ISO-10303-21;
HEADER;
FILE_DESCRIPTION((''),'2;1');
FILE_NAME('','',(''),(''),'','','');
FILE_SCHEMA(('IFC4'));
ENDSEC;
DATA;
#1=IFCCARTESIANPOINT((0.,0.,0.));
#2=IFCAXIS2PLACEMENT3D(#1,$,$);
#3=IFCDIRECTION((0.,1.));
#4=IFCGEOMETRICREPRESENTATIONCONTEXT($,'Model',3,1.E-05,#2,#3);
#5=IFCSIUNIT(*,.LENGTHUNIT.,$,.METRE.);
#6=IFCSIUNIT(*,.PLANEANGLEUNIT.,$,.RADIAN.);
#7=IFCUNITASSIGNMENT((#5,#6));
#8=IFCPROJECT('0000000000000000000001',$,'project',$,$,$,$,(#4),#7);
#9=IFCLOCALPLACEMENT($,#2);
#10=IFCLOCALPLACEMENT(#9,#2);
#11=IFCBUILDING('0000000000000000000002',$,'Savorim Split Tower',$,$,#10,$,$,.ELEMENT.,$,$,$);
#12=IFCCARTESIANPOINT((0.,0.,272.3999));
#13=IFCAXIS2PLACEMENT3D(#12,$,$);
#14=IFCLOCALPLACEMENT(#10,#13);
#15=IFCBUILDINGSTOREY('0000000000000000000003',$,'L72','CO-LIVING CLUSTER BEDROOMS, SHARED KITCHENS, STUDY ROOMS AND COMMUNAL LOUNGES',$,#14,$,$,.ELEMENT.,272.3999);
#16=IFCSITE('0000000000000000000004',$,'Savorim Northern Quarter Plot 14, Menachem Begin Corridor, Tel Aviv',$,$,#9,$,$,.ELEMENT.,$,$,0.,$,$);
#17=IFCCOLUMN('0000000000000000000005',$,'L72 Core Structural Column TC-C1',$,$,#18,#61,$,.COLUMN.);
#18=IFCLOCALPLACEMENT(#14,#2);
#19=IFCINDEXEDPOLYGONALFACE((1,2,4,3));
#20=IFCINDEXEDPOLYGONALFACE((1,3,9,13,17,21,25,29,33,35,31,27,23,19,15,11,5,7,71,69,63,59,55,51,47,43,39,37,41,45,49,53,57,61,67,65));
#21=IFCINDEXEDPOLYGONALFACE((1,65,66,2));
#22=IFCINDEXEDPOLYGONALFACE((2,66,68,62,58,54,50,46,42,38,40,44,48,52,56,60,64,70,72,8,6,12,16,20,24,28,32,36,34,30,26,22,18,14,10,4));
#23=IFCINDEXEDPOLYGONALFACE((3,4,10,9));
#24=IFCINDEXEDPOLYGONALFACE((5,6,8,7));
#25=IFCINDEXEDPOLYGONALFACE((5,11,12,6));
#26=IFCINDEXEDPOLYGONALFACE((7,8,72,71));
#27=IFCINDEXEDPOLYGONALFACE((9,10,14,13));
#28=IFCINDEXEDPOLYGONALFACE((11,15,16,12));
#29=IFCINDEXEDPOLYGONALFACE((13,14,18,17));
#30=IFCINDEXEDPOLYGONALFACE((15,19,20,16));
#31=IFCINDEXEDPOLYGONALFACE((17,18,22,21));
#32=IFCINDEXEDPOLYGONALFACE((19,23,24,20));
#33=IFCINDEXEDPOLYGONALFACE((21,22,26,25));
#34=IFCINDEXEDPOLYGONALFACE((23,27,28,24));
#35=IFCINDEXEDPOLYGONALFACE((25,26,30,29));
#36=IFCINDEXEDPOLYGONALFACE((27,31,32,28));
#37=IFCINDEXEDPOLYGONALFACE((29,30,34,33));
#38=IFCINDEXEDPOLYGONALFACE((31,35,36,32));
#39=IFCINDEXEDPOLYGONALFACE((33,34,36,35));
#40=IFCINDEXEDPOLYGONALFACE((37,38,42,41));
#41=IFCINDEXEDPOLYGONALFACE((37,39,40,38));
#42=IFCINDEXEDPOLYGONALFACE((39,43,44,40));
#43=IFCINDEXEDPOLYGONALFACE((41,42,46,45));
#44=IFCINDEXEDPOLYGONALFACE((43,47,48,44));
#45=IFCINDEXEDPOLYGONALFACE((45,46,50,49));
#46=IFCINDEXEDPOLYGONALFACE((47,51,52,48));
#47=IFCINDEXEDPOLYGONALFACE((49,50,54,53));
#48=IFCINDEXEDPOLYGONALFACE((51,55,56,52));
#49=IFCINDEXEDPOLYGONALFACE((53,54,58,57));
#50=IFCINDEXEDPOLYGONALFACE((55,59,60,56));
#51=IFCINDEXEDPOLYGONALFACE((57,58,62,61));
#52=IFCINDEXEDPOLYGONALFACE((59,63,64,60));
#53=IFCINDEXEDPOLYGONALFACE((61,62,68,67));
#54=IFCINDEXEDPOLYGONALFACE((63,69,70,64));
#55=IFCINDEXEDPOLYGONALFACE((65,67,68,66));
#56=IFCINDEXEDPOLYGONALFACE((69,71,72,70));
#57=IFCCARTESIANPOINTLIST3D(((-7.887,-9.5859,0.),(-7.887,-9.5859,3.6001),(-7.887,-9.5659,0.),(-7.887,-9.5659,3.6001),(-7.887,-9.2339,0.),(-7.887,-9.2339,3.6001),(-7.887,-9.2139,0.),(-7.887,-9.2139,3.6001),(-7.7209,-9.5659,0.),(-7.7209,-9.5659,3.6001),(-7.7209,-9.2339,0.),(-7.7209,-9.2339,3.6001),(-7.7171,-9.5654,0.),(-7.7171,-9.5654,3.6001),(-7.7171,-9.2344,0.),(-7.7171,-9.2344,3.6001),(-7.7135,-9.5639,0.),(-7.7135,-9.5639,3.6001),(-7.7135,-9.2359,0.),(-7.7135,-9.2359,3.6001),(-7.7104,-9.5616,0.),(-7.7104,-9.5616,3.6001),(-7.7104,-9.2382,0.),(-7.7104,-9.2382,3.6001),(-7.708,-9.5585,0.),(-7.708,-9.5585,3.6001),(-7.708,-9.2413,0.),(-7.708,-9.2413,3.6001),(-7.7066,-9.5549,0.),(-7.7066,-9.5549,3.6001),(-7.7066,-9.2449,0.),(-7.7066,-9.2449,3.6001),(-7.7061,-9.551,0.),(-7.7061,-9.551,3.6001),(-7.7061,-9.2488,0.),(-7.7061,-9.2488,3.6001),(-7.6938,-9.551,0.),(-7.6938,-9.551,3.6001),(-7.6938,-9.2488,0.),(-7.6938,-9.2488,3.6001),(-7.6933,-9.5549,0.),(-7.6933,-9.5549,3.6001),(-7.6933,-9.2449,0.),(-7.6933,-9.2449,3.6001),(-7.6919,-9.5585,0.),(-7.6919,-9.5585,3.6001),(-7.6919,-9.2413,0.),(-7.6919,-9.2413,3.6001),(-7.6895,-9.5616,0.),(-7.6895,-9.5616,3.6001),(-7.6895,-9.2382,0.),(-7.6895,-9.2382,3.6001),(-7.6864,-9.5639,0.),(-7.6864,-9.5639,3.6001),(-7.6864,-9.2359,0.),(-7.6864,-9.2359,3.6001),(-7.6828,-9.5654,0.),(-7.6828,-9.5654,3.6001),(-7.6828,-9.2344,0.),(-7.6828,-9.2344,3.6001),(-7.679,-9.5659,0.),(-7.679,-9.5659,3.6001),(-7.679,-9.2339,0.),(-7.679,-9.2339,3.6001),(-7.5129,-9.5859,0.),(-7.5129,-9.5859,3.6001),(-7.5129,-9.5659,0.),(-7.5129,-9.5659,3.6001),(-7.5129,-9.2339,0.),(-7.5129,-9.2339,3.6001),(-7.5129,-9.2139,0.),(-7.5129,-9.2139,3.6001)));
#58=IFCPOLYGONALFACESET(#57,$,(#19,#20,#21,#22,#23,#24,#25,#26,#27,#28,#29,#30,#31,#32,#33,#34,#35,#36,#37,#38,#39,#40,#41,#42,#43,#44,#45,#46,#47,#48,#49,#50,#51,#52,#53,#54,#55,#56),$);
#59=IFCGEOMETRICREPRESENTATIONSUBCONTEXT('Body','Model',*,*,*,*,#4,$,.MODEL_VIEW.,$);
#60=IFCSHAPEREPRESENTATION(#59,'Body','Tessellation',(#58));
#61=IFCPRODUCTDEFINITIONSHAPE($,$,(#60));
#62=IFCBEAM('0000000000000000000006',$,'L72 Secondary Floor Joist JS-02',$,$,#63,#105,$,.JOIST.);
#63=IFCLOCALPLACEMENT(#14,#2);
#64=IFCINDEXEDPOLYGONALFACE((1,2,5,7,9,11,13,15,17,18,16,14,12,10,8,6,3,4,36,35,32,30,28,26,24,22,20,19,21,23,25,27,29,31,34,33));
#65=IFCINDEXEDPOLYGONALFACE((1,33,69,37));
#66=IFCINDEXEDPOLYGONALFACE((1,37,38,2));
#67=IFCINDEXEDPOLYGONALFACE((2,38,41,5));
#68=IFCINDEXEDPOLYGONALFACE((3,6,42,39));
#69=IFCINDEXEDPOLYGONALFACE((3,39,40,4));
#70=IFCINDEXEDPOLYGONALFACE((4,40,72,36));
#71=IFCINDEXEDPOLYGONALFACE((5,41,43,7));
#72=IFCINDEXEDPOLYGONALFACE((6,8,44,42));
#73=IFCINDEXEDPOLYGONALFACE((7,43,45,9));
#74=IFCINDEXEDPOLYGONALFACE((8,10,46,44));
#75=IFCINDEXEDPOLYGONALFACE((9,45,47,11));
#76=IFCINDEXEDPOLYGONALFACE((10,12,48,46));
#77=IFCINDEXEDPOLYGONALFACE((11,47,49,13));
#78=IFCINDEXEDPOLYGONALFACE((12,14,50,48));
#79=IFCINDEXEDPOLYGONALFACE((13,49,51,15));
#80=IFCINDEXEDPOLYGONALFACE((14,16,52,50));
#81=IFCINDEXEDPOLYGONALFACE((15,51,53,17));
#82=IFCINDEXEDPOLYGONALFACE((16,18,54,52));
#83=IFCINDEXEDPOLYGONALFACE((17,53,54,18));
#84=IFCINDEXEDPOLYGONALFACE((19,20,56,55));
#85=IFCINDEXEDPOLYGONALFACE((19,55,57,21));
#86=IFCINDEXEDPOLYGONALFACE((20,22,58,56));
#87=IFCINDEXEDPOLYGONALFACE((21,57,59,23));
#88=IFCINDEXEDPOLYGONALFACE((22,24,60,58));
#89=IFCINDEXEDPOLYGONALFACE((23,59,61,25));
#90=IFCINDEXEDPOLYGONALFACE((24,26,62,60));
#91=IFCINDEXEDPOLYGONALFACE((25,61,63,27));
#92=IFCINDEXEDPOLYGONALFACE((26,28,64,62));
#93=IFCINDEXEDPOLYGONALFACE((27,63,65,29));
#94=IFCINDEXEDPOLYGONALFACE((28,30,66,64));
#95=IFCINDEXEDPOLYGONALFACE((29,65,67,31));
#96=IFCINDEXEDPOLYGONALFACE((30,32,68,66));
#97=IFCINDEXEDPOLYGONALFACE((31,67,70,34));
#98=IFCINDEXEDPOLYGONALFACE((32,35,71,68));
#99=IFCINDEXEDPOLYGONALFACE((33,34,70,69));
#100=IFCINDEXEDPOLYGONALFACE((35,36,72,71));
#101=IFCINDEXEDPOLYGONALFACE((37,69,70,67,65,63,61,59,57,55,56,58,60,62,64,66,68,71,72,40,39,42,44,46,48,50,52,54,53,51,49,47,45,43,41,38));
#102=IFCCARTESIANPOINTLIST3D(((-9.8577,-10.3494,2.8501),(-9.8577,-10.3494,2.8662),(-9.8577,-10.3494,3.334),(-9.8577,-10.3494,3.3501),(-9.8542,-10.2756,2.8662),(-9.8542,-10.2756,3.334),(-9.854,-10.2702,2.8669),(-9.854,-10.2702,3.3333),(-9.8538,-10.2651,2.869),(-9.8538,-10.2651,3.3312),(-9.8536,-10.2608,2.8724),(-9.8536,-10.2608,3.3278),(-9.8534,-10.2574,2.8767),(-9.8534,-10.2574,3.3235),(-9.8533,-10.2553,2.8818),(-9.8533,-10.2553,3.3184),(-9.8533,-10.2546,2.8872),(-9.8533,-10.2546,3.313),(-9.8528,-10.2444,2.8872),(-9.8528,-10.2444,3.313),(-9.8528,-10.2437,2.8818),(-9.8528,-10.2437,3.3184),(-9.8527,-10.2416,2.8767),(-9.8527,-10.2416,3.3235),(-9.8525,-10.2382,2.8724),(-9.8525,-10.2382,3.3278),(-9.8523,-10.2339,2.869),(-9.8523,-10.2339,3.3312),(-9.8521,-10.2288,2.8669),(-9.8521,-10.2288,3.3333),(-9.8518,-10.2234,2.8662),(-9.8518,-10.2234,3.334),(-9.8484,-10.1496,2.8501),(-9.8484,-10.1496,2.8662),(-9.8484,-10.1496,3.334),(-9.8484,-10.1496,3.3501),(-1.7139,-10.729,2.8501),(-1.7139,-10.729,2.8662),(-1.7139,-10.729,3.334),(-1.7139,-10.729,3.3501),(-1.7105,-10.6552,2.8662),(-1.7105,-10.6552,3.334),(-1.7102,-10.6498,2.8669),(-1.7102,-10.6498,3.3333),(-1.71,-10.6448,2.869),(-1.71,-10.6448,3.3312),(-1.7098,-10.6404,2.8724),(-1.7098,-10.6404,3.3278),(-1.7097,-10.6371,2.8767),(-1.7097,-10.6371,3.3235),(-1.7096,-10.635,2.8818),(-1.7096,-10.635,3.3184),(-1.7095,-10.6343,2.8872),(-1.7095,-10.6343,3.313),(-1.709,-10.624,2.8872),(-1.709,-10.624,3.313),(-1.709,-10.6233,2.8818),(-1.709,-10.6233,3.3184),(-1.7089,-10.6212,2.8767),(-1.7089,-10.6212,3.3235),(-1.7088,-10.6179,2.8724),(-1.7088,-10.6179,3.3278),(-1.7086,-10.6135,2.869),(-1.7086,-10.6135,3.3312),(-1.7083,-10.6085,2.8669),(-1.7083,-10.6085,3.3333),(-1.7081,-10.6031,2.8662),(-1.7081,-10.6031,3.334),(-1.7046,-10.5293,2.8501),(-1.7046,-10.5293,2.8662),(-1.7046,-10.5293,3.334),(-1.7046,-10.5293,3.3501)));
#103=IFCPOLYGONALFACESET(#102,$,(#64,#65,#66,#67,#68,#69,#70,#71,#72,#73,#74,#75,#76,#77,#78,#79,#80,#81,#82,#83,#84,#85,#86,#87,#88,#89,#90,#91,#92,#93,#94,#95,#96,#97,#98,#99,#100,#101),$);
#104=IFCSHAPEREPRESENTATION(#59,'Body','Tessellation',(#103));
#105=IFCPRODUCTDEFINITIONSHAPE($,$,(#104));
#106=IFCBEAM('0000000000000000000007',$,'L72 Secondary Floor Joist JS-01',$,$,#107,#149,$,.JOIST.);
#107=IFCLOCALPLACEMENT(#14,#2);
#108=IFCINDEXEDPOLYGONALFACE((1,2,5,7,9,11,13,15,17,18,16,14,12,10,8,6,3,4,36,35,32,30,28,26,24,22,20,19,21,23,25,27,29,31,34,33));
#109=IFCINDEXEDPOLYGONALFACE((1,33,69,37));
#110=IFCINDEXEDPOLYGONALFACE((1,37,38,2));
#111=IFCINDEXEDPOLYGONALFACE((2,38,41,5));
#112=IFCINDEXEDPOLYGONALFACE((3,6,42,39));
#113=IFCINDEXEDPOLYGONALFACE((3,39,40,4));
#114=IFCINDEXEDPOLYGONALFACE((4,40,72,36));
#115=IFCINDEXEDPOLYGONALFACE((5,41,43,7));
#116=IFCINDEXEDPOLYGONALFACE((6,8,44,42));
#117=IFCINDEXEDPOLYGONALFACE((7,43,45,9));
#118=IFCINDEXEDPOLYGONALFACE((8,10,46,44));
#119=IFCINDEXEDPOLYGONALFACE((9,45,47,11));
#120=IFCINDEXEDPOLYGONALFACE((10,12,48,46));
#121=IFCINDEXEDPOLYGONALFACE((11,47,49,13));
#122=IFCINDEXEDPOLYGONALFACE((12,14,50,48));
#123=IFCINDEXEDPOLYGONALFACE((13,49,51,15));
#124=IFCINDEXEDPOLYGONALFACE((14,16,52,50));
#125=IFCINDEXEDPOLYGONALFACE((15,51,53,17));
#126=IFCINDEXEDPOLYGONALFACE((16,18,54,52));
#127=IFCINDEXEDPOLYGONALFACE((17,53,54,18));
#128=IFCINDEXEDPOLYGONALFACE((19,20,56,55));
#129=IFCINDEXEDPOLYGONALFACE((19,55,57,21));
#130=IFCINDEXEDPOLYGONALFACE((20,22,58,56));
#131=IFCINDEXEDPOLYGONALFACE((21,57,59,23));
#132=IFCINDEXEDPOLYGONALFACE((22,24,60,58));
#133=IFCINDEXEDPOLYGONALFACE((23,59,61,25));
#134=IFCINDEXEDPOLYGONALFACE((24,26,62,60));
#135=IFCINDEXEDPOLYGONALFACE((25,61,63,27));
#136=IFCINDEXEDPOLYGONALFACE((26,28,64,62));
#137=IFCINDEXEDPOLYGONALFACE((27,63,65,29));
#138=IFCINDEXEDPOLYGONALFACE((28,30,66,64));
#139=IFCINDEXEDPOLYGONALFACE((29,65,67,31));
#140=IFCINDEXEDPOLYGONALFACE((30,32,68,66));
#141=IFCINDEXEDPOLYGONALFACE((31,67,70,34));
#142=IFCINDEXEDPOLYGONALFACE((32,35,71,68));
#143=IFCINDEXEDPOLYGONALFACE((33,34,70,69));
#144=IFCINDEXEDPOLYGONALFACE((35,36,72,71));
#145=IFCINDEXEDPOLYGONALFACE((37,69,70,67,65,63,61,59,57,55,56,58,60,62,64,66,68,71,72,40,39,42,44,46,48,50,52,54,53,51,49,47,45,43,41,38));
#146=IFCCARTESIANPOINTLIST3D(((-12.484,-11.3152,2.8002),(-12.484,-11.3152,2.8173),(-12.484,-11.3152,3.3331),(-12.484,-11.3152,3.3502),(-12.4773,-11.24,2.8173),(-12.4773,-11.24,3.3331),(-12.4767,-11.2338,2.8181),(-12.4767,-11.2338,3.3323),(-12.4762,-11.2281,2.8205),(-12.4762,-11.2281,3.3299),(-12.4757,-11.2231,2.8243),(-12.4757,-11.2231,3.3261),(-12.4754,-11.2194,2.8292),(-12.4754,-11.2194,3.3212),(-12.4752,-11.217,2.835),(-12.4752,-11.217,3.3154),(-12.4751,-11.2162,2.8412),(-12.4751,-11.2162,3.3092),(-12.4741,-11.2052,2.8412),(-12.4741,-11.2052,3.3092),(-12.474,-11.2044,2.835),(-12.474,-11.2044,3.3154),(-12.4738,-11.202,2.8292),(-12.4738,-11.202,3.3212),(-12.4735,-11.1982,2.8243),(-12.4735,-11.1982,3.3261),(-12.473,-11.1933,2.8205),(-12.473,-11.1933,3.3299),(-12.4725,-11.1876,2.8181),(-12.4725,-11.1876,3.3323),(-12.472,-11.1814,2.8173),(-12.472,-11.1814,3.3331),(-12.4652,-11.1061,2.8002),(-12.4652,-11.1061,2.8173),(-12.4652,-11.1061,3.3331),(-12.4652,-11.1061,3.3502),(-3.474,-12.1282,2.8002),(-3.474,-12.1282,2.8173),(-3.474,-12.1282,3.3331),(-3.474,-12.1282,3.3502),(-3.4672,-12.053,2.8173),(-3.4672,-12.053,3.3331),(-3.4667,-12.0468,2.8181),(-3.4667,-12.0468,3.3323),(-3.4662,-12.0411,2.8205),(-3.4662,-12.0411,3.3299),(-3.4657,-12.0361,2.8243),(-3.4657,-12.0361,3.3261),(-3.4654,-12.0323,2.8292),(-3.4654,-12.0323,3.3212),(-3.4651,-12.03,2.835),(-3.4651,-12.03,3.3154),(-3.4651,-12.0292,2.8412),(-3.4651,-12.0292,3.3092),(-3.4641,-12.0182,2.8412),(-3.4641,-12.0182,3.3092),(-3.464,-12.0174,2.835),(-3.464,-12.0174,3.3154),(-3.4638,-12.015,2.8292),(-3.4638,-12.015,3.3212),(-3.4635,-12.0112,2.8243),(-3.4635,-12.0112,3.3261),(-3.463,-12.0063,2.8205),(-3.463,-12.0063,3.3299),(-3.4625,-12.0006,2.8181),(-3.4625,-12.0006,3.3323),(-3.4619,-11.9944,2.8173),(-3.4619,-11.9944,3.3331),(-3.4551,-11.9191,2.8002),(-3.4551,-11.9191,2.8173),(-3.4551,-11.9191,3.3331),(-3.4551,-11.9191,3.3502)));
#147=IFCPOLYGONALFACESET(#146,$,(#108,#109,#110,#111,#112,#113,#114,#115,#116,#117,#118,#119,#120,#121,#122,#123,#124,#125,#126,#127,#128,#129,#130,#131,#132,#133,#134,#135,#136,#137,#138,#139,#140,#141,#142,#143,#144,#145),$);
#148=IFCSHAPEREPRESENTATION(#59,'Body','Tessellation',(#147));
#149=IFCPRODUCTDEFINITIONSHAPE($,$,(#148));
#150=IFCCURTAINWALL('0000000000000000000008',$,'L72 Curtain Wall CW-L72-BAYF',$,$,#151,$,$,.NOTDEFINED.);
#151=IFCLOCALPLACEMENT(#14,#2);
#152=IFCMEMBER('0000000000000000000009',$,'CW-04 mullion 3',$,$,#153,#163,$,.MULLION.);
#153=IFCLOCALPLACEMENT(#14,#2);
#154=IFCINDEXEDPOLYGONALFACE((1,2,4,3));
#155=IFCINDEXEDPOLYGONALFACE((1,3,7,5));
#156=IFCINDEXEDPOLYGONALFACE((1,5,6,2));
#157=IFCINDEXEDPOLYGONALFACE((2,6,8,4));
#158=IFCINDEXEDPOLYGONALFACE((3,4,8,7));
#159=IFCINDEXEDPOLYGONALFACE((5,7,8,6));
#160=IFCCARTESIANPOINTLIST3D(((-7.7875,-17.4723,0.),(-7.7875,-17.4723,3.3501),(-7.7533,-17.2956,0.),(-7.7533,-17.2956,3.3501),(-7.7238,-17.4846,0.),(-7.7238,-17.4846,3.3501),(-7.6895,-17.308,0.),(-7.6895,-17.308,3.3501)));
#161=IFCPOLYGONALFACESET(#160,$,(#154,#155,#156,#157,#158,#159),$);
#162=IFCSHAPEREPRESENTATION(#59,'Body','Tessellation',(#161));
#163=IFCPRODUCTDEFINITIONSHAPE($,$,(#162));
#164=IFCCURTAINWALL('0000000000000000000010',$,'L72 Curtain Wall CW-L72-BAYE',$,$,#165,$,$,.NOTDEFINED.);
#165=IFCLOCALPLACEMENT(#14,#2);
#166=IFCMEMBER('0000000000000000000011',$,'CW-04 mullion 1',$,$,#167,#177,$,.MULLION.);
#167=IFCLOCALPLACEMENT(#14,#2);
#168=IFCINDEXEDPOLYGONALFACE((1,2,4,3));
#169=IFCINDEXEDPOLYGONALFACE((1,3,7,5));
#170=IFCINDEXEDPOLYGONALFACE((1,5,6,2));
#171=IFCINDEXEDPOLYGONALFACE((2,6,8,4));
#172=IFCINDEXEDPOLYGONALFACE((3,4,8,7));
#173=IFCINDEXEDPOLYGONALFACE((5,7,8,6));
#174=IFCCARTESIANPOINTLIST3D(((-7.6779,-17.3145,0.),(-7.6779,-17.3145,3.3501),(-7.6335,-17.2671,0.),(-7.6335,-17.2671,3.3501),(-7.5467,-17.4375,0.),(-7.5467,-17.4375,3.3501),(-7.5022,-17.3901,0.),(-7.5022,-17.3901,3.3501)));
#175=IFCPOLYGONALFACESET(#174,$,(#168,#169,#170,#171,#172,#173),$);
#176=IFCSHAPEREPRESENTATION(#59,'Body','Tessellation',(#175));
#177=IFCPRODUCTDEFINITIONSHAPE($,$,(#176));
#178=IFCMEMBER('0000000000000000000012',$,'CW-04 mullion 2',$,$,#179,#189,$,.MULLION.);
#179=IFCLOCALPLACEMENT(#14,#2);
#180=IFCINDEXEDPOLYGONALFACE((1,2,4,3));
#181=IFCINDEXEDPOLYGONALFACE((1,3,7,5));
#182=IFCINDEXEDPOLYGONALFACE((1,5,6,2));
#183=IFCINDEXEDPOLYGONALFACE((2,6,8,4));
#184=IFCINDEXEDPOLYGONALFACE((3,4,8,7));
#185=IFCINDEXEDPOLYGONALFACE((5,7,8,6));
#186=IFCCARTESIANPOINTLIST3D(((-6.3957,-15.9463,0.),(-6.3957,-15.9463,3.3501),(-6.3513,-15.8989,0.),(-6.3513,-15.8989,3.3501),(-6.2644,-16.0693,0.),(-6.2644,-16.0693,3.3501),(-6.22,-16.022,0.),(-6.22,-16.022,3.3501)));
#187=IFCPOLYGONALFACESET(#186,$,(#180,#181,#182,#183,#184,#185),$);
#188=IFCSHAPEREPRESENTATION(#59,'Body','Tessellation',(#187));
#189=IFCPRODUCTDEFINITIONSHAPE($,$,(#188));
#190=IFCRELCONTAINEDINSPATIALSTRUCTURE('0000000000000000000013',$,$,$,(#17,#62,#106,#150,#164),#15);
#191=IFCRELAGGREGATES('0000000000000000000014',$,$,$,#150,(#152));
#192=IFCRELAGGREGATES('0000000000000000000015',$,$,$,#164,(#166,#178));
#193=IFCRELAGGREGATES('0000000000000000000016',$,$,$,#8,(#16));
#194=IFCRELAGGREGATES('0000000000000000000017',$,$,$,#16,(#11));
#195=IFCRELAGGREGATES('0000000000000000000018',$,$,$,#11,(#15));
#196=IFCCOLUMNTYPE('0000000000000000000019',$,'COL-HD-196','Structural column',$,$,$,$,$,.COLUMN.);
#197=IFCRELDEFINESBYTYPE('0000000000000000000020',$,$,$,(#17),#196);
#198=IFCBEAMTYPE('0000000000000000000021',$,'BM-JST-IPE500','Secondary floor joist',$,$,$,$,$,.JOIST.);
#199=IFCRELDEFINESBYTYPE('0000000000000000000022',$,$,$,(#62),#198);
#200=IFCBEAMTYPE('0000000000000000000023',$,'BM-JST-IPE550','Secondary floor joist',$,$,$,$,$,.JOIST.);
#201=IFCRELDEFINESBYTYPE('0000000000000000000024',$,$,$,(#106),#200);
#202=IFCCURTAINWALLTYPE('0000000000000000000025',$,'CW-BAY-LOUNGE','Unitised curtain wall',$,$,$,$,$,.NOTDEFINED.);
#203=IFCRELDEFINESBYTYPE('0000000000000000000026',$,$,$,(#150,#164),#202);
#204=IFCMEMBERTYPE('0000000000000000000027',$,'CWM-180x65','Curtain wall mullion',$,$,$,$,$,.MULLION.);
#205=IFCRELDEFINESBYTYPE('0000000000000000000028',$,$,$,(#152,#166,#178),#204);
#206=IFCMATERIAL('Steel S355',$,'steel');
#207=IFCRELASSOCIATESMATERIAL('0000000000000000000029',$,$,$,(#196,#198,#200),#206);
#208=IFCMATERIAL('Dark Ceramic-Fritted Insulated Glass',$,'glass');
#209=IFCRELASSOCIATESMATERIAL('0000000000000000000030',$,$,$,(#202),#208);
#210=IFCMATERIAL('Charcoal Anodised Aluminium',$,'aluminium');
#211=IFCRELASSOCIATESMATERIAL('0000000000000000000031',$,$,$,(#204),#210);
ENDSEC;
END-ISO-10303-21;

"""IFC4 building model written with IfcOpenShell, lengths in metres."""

from ifc_helpers import new_model, si_unit, direction, frame, origin, origin_2d, place, context, subcontext, project, spatial, rectangle, i_section, extrude, material, material_profile, profile_set, type_object, element, aggregate, save


model = new_model("IFC4")

# Units and contexts
model_context = context("Model", 3, precision=1e-05, world=origin(), true_north=direction((0.0, 1.0)))
body_context = subcontext(model_context, "Body", "Model", "MODEL_VIEW")
ifc_project = project(units=[si_unit("LENGTHUNIT", "METRE"), si_unit("PLANEANGLEUNIT", "RADIAN")], contexts=[model_context])

# Site, building, storey
site_placement = place(None, origin())
site = spatial("IfcSite", under=ifc_project, at=site_placement, Name="Savorim Northern Quarter Plot 14, Menachem Begin Corridor, Tel Aviv", CompositionType="ELEMENT", RefElevation=0.0)
building_placement = place(site_placement, origin())
building = spatial("IfcBuilding", under=site, at=building_placement, Name="Savorim Split Tower", CompositionType="ELEMENT")
storey_placement = place(building_placement, frame((0.0, 0.0, 272.3999)))
storey = spatial("IfcBuildingStorey", under=building, at=storey_placement, Name="L72", Description="CO-LIVING CLUSTER BEDROOMS, SHARED KITCHENS, STUDY ROOMS AND COMMUNAL LOUNGES", CompositionType="ELEMENT", Elevation=272.3999)

# Column
ifc_material_1 = material(Name="Steel S355", Category="steel")
ifc_material_profile_1 = material_profile(ifc_material_1, i_section(OverallWidth=0.374, OverallDepth=0.3721, WebThickness=0.0122, FlangeThickness=0.02, FilletRadius=0.0149, at=origin_2d()), Name="HD 360x196")
ifc_profile_set_1 = profile_set([ifc_material_profile_1], Name="Steel S355")
column_type = type_object("IfcColumnType", Name="COL-HD-196", Description="Structural column", PredefinedType="COLUMN", material=ifc_profile_set_1)
column_placement = place(storey_placement, frame((-7.7, -9.3999, 0.0), z_axis=(0.0, 0.0, 1.0), x_axis=(1.0, 0.0, 0.0)))
element("IfcColumn", 1, at=column_placement, inside=storey, type_object=column_type, Name="L72 Core Structural Column TC-C1", PredefinedType="COLUMN", context=body_context, shape_type="SweptSolid", body=[
    extrude(i_section(OverallWidth=0.374, OverallDepth=0.3721, WebThickness=0.0122, FlangeThickness=0.02, FilletRadius=0.0149, at=origin_2d()), origin(), (0.0, 0.0, 1.0), 3.6001),
])

# Beams
ifc_material_profile_2 = material_profile(ifc_material_1, i_section(OverallWidth=0.2, OverallDepth=0.5, WebThickness=0.0103, FlangeThickness=0.0161, FilletRadius=0.021, at=origin_2d()), Name="IPE 500")
ifc_profile_set_2 = profile_set([ifc_material_profile_2], Name="Steel S355")
beam_type_1 = type_object("IfcBeamType", Name="BM-JST-IPE500", Description="Secondary floor joist", PredefinedType="JOIST", material=ifc_profile_set_2)
beam_1_placement = place(storey_placement, frame((-9.853, -10.2495, 3.1001), z_axis=(0.998915, -0.046566, 0.0), x_axis=(0.046566, 0.998915, 0.0)))
element("IfcBeam", 2, at=beam_1_placement, inside=storey, type_object=beam_type_1, Name="L72 Secondary Floor Joist JS-02", PredefinedType="JOIST", context=body_context, shape_type="SweptSolid", body=[
    extrude(i_section(OverallWidth=0.2, OverallDepth=0.5, WebThickness=0.0103, FlangeThickness=0.0161, FilletRadius=0.021, at=origin_2d()), origin(), (0.0, 0.0, 1.0), 8.1526),
])
ifc_material_profile_3 = material_profile(ifc_material_1, i_section(OverallWidth=0.21, OverallDepth=0.55, WebThickness=0.011, FlangeThickness=0.0171, FilletRadius=0.0239, at=origin_2d()), Name="IPE 550")
ifc_profile_set_3 = profile_set([ifc_material_profile_3], Name="Steel S355")
beam_type_2 = type_object("IfcBeamType", Name="BM-JST-IPE550", Description="Secondary floor joist", PredefinedType="JOIST", material=ifc_profile_set_3)
beam_2_placement = place(storey_placement, frame((-12.4746, -11.2107, 3.0752), z_axis=(0.995954, -0.089867, 0.0), x_axis=(0.089867, 0.995954, 0.0)))
element("IfcBeam", 3, at=beam_2_placement, inside=storey, type_object=beam_type_2, Name="L72 Secondary Floor Joist JS-01", PredefinedType="JOIST", context=body_context, shape_type="SweptSolid", body=[
    extrude(i_section(OverallWidth=0.21, OverallDepth=0.55, WebThickness=0.011, FlangeThickness=0.0171, FilletRadius=0.0239, at=origin_2d()), origin(), (0.0, 0.0, 1.0), 9.0466),
])

# Curtain wall, member
ifc_material_2 = material(Name="Dark Ceramic-Fritted Insulated Glass", Category="glass")
curtain_wall_type = type_object("IfcCurtainWallType", Name="CW-BAY-LOUNGE", Description="Unitised curtain wall", PredefinedType="NOTDEFINED", material=ifc_material_2)
curtain_wall_1_placement = place(storey_placement, origin())
curtain_wall_1 = element("IfcCurtainWall", 4, at=curtain_wall_1_placement, inside=storey, type_object=curtain_wall_type, Name="L72 Curtain Wall CW-L72-BAYF", PredefinedType="NOTDEFINED")
ifc_material_3 = material(Name="Charcoal Anodised Aluminium", Category="aluminium")
ifc_material_profile_4 = material_profile(ifc_material_3, rectangle(XDim=0.1799, YDim=0.0649, at=origin_2d()), Name="ALU-M 180x65")
ifc_profile_set_4 = profile_set([ifc_material_profile_4], Name="Charcoal Anodised Aluminium")
member_type_1 = type_object("IfcMemberType", Name="CWM-180x65", Description="Curtain wall mullion", PredefinedType="MULLION", material=ifc_profile_set_4)
member_1_placement = place(storey_placement, frame((-7.7385, -17.3901, 0.0), z_axis=(0.0, 0.0, 1.0), x_axis=(0.19052, 0.981683, 0.0)))
member_1 = element("IfcMember", 5, at=member_1_placement, type_object=member_type_1, Name="CW-04 mullion 3", PredefinedType="MULLION", context=body_context, shape_type="SweptSolid", body=[
    extrude(rectangle(XDim=0.1799, YDim=0.0649, at=origin_2d()), origin(), (0.0, 0.0, 1.0), 3.3501),
])

# Curtain wall, members
curtain_wall_2_placement = place(storey_placement, origin())
curtain_wall_2 = element("IfcCurtainWall", 6, at=curtain_wall_2_placement, inside=storey, type_object=curtain_wall_type, Name="L72 Curtain Wall CW-L72-BAYE", PredefinedType="NOTDEFINED")
member_2_placement = place(storey_placement, frame((-7.5901, -17.3523, 0.0), z_axis=(0.0, 0.0, 1.0), x_axis=(-0.729622, 0.68385, 0.0)))
member_2 = element("IfcMember", 7, at=member_2_placement, type_object=member_type_1, Name="CW-04 mullion 1", PredefinedType="MULLION", context=body_context, shape_type="SweptSolid", body=[
    extrude(rectangle(XDim=0.1799, YDim=0.0649, at=origin_2d()), origin(), (0.0, 0.0, 1.0), 3.3501),
])
member_3_placement = place(storey_placement, frame((-6.3079, -15.9841, 0.0), z_axis=(0.0, 0.0, 1.0), x_axis=(-0.729622, 0.68385, 0.0)))
member_3 = element("IfcMember", 8, at=member_3_placement, type_object=member_type_1, Name="CW-04 mullion 2", PredefinedType="MULLION", context=body_context, shape_type="SweptSolid", body=[
    extrude(rectangle(XDim=0.1799, YDim=0.0649, at=origin_2d()), origin(), (0.0, 0.0, 1.0), 3.3501),
])

aggregate(curtain_wall_1, [member_1])
aggregate(curtain_wall_2, [member_2, member_3])

save(model, "model.ifc")
